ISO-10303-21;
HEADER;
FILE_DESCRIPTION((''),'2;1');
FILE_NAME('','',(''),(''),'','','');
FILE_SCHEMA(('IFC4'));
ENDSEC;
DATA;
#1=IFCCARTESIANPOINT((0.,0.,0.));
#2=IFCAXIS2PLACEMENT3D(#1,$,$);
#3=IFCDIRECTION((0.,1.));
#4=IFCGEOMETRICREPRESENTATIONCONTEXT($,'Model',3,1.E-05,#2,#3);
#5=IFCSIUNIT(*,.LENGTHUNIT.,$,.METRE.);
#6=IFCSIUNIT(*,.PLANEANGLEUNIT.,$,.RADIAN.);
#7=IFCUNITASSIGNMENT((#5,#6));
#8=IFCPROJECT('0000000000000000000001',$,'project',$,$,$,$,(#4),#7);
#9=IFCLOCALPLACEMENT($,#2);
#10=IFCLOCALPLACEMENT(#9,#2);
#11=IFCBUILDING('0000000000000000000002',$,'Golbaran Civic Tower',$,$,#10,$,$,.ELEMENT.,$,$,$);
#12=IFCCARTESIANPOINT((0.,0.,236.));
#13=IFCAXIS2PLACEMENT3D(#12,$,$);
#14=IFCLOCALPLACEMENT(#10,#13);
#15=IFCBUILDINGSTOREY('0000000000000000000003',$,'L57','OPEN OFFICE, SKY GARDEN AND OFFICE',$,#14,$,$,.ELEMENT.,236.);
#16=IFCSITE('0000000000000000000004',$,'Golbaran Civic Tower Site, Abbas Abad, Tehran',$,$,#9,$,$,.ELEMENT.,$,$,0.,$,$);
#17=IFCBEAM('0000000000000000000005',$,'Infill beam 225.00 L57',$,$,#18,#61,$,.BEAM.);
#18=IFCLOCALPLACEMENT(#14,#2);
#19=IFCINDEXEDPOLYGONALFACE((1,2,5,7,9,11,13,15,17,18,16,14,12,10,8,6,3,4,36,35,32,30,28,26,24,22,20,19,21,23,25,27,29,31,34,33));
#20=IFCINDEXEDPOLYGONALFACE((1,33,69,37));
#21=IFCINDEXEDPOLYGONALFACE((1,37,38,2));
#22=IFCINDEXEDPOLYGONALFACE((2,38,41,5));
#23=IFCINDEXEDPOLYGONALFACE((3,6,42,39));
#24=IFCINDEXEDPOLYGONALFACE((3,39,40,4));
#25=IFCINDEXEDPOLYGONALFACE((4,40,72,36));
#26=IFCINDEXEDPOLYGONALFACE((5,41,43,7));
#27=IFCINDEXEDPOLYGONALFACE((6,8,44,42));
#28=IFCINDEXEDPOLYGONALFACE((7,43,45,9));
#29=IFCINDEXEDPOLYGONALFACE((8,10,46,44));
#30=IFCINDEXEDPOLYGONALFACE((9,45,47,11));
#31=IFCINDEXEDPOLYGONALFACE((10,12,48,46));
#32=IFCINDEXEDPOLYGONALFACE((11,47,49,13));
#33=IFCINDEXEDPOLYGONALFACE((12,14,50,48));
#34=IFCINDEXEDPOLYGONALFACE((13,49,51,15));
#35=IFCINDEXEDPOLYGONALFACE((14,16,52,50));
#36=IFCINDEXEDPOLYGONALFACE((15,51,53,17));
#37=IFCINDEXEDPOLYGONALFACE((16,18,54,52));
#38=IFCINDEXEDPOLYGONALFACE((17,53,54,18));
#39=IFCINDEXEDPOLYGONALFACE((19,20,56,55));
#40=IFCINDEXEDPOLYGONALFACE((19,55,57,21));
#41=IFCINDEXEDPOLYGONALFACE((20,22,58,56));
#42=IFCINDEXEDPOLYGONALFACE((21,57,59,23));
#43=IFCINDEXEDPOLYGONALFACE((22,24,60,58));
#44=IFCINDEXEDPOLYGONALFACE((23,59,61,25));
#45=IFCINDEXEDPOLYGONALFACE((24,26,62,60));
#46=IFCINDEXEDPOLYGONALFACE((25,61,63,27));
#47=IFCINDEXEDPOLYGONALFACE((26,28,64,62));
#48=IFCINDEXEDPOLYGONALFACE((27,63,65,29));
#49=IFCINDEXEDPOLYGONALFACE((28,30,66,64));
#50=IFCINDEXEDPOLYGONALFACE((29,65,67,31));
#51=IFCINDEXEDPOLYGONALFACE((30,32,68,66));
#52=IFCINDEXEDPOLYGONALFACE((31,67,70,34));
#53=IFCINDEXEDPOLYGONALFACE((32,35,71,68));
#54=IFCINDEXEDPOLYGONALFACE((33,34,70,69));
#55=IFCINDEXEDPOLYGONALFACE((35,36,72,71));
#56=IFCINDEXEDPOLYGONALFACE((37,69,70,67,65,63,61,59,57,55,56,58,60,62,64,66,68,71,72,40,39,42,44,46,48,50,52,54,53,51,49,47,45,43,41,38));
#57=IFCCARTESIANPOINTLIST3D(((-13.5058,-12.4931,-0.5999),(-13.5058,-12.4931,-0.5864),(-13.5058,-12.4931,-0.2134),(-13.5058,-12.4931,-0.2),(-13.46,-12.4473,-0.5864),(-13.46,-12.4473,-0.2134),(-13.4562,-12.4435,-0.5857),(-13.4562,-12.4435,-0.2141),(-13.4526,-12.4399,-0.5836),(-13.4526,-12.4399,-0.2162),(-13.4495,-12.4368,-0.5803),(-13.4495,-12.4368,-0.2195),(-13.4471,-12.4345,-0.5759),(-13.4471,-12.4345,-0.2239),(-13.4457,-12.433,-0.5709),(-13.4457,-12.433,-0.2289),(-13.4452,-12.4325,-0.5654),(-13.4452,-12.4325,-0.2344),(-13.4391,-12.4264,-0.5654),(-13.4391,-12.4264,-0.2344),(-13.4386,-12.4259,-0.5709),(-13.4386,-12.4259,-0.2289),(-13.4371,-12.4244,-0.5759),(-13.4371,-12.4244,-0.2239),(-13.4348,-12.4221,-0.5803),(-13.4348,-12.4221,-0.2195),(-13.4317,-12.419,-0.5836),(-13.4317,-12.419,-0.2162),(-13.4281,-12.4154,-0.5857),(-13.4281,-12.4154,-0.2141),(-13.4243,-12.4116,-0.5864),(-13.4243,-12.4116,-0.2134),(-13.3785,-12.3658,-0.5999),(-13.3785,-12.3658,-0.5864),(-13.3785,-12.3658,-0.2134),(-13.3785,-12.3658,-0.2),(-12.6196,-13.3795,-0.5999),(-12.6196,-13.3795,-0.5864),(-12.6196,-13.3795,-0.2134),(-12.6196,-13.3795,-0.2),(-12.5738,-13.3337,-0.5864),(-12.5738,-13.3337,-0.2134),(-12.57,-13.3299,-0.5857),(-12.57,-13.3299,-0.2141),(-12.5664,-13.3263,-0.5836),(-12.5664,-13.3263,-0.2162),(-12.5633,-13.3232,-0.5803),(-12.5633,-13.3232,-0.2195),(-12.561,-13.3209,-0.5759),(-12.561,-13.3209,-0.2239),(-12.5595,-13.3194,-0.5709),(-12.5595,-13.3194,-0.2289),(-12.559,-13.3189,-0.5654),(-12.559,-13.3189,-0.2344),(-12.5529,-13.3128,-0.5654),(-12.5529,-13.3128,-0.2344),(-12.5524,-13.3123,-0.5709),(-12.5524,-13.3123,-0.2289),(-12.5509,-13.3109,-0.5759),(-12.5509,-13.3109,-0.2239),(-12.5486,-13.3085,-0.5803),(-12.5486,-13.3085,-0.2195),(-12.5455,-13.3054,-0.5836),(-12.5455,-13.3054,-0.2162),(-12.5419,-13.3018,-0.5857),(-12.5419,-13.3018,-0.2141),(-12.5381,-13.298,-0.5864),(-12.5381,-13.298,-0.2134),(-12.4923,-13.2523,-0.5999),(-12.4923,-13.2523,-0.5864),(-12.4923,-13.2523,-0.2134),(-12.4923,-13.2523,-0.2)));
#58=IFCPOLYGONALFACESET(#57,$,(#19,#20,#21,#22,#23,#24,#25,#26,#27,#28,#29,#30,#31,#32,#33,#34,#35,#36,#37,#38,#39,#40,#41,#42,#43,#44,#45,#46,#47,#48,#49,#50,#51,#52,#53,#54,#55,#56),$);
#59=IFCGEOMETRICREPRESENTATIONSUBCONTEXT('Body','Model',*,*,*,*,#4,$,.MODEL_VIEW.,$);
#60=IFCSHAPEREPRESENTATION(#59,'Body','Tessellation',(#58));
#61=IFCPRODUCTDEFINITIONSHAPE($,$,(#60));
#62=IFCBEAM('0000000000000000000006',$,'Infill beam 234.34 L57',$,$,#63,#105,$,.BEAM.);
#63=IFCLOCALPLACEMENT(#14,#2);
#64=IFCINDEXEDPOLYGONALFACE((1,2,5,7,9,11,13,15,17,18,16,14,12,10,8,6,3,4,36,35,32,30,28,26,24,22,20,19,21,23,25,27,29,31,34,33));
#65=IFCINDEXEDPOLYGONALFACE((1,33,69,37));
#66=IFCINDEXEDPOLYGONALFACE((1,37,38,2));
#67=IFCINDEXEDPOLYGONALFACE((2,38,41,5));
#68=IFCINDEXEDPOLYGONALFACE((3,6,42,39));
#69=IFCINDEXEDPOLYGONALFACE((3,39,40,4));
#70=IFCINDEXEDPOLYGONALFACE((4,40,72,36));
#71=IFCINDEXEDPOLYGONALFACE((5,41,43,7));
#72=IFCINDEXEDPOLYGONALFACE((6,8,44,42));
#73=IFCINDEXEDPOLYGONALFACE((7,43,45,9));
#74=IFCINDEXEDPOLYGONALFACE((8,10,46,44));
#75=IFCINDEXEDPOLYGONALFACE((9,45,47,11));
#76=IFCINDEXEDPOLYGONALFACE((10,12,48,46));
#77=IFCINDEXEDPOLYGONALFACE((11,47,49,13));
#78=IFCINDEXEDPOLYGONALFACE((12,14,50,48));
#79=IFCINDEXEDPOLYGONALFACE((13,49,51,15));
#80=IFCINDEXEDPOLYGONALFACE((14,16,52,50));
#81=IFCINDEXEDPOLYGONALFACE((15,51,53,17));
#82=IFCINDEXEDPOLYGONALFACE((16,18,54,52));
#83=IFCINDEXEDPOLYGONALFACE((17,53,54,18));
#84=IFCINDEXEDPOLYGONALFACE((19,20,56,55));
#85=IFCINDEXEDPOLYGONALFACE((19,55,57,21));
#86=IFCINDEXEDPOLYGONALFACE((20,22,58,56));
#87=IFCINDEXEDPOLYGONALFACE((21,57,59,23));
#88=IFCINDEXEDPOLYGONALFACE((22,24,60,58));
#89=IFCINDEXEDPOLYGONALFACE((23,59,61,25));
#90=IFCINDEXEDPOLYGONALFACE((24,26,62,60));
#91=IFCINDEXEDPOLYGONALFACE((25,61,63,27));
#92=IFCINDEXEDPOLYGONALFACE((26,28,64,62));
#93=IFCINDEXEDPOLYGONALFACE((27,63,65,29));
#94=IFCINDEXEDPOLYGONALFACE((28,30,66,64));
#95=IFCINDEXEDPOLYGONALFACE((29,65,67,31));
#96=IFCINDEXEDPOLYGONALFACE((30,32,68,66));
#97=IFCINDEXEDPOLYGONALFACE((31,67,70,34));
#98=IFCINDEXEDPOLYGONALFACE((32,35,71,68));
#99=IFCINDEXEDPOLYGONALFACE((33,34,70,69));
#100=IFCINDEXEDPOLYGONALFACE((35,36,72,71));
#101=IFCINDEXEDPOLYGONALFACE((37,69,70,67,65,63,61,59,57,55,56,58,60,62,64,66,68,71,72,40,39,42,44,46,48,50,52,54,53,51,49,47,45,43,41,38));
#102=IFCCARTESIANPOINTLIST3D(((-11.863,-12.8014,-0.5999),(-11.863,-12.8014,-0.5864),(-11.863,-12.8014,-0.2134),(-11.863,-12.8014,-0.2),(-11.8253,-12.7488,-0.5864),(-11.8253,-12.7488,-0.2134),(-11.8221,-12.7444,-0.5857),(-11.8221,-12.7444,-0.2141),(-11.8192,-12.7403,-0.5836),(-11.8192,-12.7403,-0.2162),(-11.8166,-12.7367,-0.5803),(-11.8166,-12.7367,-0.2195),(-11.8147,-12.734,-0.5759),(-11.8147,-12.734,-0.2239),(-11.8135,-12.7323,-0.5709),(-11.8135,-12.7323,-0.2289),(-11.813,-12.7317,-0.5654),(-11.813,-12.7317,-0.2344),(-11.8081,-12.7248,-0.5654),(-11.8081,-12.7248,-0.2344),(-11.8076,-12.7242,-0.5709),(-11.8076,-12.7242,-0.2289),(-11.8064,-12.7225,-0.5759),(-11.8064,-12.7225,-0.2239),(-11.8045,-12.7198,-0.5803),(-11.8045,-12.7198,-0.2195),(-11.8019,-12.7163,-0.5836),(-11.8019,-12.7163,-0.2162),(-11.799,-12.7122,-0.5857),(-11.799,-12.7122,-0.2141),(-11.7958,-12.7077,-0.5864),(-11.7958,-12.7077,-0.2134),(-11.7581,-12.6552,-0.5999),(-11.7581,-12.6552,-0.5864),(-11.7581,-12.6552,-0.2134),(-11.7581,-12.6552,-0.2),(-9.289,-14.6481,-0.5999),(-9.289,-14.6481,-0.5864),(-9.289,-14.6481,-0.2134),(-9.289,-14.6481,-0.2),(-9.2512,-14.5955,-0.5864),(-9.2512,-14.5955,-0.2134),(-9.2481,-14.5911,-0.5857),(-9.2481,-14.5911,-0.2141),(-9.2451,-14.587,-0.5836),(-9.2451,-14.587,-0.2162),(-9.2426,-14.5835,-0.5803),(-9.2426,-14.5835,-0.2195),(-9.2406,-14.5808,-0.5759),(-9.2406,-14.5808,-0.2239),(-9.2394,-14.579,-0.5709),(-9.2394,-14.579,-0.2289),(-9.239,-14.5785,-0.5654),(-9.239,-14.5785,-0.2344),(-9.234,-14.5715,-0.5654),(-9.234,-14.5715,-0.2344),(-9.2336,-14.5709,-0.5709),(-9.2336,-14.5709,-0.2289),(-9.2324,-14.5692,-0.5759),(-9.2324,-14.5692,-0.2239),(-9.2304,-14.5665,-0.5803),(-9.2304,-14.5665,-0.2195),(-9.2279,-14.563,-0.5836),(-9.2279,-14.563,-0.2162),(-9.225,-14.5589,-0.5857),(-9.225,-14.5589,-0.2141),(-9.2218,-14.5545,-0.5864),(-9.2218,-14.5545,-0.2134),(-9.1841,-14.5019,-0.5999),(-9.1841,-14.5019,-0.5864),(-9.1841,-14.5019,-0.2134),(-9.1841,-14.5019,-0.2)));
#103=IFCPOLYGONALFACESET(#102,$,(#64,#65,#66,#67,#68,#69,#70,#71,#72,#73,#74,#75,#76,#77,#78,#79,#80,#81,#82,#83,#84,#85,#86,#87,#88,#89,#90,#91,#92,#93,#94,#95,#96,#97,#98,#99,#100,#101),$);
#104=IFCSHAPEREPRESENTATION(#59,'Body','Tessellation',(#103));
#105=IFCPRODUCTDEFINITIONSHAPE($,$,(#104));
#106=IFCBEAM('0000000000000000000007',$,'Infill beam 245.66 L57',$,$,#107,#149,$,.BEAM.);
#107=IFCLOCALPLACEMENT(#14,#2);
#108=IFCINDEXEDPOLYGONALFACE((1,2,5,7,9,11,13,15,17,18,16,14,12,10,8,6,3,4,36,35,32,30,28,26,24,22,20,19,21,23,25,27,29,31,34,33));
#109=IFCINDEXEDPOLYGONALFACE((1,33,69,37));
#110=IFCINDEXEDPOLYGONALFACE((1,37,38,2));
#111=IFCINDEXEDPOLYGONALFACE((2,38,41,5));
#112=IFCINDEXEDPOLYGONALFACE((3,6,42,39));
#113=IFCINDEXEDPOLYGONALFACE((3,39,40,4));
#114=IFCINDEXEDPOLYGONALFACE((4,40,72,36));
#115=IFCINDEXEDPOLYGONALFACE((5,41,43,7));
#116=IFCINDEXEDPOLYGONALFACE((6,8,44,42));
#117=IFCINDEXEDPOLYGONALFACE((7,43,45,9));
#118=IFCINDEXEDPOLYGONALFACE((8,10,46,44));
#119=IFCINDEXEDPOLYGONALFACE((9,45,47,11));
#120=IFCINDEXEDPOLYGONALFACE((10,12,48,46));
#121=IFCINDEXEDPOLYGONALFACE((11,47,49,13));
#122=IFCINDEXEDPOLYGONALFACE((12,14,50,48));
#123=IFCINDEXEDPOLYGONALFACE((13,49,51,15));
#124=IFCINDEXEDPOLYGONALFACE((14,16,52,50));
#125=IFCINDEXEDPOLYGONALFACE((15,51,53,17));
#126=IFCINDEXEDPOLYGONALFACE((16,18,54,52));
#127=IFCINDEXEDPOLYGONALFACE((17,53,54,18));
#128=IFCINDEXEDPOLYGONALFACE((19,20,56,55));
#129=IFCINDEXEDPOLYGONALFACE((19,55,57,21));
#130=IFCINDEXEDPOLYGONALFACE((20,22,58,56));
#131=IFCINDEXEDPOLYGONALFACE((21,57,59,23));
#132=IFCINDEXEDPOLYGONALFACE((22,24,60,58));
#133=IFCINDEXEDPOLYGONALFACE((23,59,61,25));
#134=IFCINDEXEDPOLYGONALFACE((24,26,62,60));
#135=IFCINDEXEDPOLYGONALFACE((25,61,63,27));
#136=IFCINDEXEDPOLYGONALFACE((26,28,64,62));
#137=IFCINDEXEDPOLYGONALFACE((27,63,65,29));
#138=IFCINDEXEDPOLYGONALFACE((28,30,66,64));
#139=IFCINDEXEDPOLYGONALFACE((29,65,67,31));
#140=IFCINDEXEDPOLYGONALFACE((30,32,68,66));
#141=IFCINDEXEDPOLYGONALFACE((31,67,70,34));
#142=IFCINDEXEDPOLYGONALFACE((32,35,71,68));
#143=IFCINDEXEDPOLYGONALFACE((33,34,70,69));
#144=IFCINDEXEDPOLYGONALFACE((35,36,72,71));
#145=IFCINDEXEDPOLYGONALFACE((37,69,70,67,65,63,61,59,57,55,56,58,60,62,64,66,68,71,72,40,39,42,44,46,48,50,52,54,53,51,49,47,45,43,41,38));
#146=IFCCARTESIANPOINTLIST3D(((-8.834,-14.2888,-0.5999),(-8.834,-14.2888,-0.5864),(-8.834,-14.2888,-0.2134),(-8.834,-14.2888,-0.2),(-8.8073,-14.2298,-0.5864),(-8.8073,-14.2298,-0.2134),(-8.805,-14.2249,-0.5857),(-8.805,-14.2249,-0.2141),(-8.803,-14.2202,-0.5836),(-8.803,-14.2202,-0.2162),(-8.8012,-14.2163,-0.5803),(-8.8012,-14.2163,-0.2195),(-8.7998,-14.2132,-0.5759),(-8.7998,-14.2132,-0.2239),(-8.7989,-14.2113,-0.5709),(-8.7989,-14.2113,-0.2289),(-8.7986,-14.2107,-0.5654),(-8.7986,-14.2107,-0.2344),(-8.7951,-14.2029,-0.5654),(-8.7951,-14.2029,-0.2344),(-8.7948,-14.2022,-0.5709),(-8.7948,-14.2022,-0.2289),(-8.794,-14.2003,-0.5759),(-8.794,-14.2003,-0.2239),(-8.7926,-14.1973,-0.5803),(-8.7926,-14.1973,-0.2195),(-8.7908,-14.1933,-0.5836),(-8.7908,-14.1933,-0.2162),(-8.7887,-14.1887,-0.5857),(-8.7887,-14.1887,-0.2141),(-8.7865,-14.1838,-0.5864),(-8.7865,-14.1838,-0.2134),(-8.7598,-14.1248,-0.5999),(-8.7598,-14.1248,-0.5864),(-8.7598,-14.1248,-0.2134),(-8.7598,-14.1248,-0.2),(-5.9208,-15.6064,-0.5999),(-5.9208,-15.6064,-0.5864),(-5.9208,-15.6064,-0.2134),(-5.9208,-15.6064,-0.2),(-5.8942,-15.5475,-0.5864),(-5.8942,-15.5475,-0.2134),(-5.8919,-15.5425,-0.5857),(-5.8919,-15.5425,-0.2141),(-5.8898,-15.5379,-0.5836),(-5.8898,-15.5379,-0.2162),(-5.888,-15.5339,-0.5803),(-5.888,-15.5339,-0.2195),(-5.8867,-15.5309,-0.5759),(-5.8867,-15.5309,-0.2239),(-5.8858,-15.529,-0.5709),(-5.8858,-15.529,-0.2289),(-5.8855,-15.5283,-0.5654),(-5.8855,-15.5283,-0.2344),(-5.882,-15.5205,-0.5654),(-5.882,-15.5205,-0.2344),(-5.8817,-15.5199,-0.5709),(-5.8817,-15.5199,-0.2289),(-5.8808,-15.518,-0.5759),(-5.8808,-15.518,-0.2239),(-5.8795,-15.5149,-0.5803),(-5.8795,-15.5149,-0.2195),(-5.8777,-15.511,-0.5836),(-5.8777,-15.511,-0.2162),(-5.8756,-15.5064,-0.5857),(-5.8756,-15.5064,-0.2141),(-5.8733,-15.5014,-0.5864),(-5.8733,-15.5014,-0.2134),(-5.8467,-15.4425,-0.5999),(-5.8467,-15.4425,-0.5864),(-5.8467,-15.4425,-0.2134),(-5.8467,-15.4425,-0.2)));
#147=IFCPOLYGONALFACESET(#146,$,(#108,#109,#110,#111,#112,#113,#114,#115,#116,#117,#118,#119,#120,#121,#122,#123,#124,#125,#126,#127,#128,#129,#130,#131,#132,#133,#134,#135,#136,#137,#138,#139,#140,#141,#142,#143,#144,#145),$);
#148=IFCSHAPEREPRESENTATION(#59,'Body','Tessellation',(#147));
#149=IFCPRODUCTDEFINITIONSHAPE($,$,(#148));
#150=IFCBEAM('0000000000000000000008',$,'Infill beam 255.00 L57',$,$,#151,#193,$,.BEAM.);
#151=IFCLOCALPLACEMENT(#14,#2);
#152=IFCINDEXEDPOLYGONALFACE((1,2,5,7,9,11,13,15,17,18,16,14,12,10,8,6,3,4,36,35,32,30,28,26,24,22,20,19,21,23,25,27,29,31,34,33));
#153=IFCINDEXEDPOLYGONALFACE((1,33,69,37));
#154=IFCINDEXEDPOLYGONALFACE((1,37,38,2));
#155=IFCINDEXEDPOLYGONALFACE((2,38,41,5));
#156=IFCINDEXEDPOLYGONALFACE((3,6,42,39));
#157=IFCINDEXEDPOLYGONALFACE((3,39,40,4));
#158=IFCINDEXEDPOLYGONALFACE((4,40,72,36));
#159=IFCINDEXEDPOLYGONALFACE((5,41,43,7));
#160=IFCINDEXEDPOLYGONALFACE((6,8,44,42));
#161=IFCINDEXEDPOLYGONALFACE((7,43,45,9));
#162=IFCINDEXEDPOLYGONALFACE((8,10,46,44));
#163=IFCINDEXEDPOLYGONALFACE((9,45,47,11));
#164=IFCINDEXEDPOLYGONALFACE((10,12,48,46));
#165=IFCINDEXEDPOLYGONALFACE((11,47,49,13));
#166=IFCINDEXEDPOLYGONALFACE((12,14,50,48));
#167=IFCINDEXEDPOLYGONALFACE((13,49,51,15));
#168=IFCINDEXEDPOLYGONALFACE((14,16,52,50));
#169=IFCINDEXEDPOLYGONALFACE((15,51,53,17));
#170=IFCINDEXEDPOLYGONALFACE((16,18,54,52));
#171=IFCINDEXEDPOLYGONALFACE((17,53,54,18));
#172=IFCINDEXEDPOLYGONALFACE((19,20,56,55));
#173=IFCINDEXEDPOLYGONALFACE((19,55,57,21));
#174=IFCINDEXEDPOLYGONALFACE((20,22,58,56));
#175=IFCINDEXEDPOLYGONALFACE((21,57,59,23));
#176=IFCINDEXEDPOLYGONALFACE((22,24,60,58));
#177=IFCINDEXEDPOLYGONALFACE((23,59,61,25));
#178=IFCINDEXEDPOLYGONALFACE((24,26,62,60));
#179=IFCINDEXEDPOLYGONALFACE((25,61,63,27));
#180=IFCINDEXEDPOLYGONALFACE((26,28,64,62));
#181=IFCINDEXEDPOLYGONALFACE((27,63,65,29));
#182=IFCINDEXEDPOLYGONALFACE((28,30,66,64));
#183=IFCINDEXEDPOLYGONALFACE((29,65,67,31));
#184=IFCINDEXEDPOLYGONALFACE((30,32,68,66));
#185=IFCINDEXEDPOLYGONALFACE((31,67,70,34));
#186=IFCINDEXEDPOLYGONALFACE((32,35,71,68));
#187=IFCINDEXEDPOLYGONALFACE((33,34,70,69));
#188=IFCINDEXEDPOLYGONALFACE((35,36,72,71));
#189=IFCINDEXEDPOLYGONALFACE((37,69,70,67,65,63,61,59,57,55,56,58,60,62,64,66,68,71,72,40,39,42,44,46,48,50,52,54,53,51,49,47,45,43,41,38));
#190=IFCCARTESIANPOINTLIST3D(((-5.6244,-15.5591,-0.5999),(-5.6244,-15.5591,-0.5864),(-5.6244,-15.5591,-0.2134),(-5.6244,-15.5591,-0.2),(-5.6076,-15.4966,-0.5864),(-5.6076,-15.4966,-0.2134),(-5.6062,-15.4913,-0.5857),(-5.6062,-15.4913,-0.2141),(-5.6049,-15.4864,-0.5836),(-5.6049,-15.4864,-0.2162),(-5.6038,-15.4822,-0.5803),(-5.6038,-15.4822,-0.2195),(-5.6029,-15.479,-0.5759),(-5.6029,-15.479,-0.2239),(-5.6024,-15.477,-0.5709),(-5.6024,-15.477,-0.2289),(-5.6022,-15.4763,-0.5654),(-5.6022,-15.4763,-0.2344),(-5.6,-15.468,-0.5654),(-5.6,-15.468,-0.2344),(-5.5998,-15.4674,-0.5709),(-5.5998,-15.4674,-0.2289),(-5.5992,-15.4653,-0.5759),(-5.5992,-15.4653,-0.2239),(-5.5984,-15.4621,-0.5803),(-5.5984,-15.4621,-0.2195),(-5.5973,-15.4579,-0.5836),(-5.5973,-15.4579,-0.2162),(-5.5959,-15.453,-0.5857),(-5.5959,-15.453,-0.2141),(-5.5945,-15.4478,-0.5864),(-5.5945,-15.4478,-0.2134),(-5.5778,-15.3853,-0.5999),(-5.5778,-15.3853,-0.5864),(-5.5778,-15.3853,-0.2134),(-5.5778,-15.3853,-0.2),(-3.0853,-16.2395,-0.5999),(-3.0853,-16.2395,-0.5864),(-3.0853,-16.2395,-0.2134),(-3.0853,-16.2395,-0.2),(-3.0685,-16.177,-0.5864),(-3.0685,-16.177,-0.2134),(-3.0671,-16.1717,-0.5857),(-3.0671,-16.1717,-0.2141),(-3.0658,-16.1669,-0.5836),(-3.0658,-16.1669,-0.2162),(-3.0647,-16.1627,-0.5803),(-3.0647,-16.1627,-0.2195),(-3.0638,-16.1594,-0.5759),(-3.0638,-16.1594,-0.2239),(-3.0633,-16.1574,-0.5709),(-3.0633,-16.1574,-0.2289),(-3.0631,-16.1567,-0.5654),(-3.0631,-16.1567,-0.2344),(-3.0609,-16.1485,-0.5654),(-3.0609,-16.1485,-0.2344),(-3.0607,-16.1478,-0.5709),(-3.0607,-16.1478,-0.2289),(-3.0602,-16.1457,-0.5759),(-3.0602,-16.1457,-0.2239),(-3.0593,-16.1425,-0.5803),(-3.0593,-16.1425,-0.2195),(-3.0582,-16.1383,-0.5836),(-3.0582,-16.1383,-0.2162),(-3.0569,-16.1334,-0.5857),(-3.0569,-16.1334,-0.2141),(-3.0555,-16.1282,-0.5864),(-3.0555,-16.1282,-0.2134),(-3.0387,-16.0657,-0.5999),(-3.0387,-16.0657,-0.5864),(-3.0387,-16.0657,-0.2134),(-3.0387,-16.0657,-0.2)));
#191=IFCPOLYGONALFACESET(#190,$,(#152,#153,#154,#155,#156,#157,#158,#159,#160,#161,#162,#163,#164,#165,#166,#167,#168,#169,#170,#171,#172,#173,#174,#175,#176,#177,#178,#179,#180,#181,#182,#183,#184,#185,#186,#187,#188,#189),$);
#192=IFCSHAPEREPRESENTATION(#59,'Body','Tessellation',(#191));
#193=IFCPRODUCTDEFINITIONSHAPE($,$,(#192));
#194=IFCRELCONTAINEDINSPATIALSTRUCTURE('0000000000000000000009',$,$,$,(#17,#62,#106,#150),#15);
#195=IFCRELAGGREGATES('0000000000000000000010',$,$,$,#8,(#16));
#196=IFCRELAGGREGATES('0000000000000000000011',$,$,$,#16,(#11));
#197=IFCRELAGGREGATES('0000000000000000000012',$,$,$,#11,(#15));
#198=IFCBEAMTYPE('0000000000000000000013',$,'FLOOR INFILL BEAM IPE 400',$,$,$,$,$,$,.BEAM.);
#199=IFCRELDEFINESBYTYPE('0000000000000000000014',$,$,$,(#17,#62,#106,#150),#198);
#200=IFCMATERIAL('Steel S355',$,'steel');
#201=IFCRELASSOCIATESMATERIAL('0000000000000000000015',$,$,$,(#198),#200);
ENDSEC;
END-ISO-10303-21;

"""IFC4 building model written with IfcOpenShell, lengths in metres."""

from ifc_helpers import new_model, si_unit, direction, frame, origin, origin_2d, place, context, subcontext, project, spatial, i_section, extrude, material, material_profile, profile_set, type_object, element, save


model = new_model("IFC4")

# Units and contexts
model_context = context("Model", 3, precision=1e-05, world=origin(), true_north=direction((0.0, 1.0)))
body_context = subcontext(model_context, "Body", "Model", "MODEL_VIEW")
ifc_project = project(units=[si_unit("LENGTHUNIT", "METRE"), si_unit("PLANEANGLEUNIT", "RADIAN")], contexts=[model_context])

# Site, building, storey
site_placement = place(None, origin())
site = spatial("IfcSite", under=ifc_project, at=site_placement, Name="Golbaran Civic Tower Site, Abbas Abad, Tehran", CompositionType="ELEMENT", RefElevation=0.0)
building_placement = place(site_placement, origin())
building = spatial("IfcBuilding", under=site, at=building_placement, Name="Golbaran Civic Tower", CompositionType="ELEMENT")
storey_placement = place(building_placement, frame((0.0, 0.0, 236.0)))
storey = spatial("IfcBuildingStorey", under=building, at=storey_placement, Name="L57", Description="OPEN OFFICE, SKY GARDEN AND OFFICE", CompositionType="ELEMENT", Elevation=236.0)

# Beams
ifc_material_1 = material(Name="Steel S355", Category="steel")
ifc_material_profile_1 = material_profile(ifc_material_1, i_section(OverallWidth=0.1799, OverallDepth=0.3999, WebThickness=0.0085, FlangeThickness=0.0134, FilletRadius=0.021, at=origin_2d()), Name="IPE 400")
ifc_profile_set_1 = profile_set([ifc_material_profile_1], Name="Steel S355")
beam_type_1 = type_object("IfcBeamType", Name="FLOOR INFILL BEAM IPE 400", PredefinedType="BEAM", material=ifc_profile_set_1)
beam_1_placement = place(storey_placement, frame((-13.4421, -12.4294, -0.3999), z_axis=(0.707009, -0.707204, 0.0), x_axis=(0.707204, 0.707009, 0.0)))
element("IfcBeam", 1, at=beam_1_placement, inside=storey, type_object=beam_type_1, Name="Infill beam 225.00 L57", PredefinedType="BEAM", context=body_context, shape_type="SweptSolid", body=[
    extrude(i_section(OverallWidth=0.1799, OverallDepth=0.3999, WebThickness=0.0085, FlangeThickness=0.0134, FilletRadius=0.021, at=origin_2d()), origin(), (0.0, 0.0, 1.0), 1.2534),
])
beam_2_placement = place(storey_placement, frame((-11.8105, -12.7283, -0.3999), z_axis=(0.812518, -0.582936, 0.0), x_axis=(0.582936, 0.812518, 0.0)))
element("IfcBeam", 2, at=beam_2_placement, inside=storey, type_object=beam_type_1, Name="Infill beam 234.34 L57", PredefinedType="BEAM", context=body_context, shape_type="SweptSolid", body=[
    extrude(i_section(OverallWidth=0.1799, OverallDepth=0.3999, WebThickness=0.0085, FlangeThickness=0.0134, FilletRadius=0.021, at=origin_2d()), origin(), (0.0, 0.0, 1.0), 3.168),
])
beam_3_placement = place(storey_placement, frame((-8.7969, -14.2068, -0.3999), z_axis=(0.911131, -0.412117, 0.0), x_axis=(0.412117, 0.911131, 0.0)))
element("IfcBeam", 3, at=beam_3_placement, inside=storey, type_object=beam_type_1, Name="Infill beam 245.66 L57", PredefinedType="BEAM", context=body_context, shape_type="SweptSolid", body=[
    extrude(i_section(OverallWidth=0.1799, OverallDepth=0.3999, WebThickness=0.0085, FlangeThickness=0.0134, FilletRadius=0.021, at=origin_2d()), origin(), (0.0, 0.0, 1.0), 3.1973),
])
beam_4_placement = place(storey_placement, frame((-5.6011, -15.4722, -0.3999), z_axis=(0.965918, -0.258848, 0.0), x_axis=(0.258848, 0.965918, 0.0)))
element("IfcBeam", 4, at=beam_4_placement, inside=storey, type_object=beam_type_1, Name="Infill beam 255.00 L57", PredefinedType="BEAM", context=body_context, shape_type="SweptSolid", body=[
    extrude(i_section(OverallWidth=0.1799, OverallDepth=0.3999, WebThickness=0.0085, FlangeThickness=0.0134, FilletRadius=0.021, at=origin_2d()), origin(), (0.0, 0.0, 1.0), 2.6287),
])

save(model, "model.ifc")
